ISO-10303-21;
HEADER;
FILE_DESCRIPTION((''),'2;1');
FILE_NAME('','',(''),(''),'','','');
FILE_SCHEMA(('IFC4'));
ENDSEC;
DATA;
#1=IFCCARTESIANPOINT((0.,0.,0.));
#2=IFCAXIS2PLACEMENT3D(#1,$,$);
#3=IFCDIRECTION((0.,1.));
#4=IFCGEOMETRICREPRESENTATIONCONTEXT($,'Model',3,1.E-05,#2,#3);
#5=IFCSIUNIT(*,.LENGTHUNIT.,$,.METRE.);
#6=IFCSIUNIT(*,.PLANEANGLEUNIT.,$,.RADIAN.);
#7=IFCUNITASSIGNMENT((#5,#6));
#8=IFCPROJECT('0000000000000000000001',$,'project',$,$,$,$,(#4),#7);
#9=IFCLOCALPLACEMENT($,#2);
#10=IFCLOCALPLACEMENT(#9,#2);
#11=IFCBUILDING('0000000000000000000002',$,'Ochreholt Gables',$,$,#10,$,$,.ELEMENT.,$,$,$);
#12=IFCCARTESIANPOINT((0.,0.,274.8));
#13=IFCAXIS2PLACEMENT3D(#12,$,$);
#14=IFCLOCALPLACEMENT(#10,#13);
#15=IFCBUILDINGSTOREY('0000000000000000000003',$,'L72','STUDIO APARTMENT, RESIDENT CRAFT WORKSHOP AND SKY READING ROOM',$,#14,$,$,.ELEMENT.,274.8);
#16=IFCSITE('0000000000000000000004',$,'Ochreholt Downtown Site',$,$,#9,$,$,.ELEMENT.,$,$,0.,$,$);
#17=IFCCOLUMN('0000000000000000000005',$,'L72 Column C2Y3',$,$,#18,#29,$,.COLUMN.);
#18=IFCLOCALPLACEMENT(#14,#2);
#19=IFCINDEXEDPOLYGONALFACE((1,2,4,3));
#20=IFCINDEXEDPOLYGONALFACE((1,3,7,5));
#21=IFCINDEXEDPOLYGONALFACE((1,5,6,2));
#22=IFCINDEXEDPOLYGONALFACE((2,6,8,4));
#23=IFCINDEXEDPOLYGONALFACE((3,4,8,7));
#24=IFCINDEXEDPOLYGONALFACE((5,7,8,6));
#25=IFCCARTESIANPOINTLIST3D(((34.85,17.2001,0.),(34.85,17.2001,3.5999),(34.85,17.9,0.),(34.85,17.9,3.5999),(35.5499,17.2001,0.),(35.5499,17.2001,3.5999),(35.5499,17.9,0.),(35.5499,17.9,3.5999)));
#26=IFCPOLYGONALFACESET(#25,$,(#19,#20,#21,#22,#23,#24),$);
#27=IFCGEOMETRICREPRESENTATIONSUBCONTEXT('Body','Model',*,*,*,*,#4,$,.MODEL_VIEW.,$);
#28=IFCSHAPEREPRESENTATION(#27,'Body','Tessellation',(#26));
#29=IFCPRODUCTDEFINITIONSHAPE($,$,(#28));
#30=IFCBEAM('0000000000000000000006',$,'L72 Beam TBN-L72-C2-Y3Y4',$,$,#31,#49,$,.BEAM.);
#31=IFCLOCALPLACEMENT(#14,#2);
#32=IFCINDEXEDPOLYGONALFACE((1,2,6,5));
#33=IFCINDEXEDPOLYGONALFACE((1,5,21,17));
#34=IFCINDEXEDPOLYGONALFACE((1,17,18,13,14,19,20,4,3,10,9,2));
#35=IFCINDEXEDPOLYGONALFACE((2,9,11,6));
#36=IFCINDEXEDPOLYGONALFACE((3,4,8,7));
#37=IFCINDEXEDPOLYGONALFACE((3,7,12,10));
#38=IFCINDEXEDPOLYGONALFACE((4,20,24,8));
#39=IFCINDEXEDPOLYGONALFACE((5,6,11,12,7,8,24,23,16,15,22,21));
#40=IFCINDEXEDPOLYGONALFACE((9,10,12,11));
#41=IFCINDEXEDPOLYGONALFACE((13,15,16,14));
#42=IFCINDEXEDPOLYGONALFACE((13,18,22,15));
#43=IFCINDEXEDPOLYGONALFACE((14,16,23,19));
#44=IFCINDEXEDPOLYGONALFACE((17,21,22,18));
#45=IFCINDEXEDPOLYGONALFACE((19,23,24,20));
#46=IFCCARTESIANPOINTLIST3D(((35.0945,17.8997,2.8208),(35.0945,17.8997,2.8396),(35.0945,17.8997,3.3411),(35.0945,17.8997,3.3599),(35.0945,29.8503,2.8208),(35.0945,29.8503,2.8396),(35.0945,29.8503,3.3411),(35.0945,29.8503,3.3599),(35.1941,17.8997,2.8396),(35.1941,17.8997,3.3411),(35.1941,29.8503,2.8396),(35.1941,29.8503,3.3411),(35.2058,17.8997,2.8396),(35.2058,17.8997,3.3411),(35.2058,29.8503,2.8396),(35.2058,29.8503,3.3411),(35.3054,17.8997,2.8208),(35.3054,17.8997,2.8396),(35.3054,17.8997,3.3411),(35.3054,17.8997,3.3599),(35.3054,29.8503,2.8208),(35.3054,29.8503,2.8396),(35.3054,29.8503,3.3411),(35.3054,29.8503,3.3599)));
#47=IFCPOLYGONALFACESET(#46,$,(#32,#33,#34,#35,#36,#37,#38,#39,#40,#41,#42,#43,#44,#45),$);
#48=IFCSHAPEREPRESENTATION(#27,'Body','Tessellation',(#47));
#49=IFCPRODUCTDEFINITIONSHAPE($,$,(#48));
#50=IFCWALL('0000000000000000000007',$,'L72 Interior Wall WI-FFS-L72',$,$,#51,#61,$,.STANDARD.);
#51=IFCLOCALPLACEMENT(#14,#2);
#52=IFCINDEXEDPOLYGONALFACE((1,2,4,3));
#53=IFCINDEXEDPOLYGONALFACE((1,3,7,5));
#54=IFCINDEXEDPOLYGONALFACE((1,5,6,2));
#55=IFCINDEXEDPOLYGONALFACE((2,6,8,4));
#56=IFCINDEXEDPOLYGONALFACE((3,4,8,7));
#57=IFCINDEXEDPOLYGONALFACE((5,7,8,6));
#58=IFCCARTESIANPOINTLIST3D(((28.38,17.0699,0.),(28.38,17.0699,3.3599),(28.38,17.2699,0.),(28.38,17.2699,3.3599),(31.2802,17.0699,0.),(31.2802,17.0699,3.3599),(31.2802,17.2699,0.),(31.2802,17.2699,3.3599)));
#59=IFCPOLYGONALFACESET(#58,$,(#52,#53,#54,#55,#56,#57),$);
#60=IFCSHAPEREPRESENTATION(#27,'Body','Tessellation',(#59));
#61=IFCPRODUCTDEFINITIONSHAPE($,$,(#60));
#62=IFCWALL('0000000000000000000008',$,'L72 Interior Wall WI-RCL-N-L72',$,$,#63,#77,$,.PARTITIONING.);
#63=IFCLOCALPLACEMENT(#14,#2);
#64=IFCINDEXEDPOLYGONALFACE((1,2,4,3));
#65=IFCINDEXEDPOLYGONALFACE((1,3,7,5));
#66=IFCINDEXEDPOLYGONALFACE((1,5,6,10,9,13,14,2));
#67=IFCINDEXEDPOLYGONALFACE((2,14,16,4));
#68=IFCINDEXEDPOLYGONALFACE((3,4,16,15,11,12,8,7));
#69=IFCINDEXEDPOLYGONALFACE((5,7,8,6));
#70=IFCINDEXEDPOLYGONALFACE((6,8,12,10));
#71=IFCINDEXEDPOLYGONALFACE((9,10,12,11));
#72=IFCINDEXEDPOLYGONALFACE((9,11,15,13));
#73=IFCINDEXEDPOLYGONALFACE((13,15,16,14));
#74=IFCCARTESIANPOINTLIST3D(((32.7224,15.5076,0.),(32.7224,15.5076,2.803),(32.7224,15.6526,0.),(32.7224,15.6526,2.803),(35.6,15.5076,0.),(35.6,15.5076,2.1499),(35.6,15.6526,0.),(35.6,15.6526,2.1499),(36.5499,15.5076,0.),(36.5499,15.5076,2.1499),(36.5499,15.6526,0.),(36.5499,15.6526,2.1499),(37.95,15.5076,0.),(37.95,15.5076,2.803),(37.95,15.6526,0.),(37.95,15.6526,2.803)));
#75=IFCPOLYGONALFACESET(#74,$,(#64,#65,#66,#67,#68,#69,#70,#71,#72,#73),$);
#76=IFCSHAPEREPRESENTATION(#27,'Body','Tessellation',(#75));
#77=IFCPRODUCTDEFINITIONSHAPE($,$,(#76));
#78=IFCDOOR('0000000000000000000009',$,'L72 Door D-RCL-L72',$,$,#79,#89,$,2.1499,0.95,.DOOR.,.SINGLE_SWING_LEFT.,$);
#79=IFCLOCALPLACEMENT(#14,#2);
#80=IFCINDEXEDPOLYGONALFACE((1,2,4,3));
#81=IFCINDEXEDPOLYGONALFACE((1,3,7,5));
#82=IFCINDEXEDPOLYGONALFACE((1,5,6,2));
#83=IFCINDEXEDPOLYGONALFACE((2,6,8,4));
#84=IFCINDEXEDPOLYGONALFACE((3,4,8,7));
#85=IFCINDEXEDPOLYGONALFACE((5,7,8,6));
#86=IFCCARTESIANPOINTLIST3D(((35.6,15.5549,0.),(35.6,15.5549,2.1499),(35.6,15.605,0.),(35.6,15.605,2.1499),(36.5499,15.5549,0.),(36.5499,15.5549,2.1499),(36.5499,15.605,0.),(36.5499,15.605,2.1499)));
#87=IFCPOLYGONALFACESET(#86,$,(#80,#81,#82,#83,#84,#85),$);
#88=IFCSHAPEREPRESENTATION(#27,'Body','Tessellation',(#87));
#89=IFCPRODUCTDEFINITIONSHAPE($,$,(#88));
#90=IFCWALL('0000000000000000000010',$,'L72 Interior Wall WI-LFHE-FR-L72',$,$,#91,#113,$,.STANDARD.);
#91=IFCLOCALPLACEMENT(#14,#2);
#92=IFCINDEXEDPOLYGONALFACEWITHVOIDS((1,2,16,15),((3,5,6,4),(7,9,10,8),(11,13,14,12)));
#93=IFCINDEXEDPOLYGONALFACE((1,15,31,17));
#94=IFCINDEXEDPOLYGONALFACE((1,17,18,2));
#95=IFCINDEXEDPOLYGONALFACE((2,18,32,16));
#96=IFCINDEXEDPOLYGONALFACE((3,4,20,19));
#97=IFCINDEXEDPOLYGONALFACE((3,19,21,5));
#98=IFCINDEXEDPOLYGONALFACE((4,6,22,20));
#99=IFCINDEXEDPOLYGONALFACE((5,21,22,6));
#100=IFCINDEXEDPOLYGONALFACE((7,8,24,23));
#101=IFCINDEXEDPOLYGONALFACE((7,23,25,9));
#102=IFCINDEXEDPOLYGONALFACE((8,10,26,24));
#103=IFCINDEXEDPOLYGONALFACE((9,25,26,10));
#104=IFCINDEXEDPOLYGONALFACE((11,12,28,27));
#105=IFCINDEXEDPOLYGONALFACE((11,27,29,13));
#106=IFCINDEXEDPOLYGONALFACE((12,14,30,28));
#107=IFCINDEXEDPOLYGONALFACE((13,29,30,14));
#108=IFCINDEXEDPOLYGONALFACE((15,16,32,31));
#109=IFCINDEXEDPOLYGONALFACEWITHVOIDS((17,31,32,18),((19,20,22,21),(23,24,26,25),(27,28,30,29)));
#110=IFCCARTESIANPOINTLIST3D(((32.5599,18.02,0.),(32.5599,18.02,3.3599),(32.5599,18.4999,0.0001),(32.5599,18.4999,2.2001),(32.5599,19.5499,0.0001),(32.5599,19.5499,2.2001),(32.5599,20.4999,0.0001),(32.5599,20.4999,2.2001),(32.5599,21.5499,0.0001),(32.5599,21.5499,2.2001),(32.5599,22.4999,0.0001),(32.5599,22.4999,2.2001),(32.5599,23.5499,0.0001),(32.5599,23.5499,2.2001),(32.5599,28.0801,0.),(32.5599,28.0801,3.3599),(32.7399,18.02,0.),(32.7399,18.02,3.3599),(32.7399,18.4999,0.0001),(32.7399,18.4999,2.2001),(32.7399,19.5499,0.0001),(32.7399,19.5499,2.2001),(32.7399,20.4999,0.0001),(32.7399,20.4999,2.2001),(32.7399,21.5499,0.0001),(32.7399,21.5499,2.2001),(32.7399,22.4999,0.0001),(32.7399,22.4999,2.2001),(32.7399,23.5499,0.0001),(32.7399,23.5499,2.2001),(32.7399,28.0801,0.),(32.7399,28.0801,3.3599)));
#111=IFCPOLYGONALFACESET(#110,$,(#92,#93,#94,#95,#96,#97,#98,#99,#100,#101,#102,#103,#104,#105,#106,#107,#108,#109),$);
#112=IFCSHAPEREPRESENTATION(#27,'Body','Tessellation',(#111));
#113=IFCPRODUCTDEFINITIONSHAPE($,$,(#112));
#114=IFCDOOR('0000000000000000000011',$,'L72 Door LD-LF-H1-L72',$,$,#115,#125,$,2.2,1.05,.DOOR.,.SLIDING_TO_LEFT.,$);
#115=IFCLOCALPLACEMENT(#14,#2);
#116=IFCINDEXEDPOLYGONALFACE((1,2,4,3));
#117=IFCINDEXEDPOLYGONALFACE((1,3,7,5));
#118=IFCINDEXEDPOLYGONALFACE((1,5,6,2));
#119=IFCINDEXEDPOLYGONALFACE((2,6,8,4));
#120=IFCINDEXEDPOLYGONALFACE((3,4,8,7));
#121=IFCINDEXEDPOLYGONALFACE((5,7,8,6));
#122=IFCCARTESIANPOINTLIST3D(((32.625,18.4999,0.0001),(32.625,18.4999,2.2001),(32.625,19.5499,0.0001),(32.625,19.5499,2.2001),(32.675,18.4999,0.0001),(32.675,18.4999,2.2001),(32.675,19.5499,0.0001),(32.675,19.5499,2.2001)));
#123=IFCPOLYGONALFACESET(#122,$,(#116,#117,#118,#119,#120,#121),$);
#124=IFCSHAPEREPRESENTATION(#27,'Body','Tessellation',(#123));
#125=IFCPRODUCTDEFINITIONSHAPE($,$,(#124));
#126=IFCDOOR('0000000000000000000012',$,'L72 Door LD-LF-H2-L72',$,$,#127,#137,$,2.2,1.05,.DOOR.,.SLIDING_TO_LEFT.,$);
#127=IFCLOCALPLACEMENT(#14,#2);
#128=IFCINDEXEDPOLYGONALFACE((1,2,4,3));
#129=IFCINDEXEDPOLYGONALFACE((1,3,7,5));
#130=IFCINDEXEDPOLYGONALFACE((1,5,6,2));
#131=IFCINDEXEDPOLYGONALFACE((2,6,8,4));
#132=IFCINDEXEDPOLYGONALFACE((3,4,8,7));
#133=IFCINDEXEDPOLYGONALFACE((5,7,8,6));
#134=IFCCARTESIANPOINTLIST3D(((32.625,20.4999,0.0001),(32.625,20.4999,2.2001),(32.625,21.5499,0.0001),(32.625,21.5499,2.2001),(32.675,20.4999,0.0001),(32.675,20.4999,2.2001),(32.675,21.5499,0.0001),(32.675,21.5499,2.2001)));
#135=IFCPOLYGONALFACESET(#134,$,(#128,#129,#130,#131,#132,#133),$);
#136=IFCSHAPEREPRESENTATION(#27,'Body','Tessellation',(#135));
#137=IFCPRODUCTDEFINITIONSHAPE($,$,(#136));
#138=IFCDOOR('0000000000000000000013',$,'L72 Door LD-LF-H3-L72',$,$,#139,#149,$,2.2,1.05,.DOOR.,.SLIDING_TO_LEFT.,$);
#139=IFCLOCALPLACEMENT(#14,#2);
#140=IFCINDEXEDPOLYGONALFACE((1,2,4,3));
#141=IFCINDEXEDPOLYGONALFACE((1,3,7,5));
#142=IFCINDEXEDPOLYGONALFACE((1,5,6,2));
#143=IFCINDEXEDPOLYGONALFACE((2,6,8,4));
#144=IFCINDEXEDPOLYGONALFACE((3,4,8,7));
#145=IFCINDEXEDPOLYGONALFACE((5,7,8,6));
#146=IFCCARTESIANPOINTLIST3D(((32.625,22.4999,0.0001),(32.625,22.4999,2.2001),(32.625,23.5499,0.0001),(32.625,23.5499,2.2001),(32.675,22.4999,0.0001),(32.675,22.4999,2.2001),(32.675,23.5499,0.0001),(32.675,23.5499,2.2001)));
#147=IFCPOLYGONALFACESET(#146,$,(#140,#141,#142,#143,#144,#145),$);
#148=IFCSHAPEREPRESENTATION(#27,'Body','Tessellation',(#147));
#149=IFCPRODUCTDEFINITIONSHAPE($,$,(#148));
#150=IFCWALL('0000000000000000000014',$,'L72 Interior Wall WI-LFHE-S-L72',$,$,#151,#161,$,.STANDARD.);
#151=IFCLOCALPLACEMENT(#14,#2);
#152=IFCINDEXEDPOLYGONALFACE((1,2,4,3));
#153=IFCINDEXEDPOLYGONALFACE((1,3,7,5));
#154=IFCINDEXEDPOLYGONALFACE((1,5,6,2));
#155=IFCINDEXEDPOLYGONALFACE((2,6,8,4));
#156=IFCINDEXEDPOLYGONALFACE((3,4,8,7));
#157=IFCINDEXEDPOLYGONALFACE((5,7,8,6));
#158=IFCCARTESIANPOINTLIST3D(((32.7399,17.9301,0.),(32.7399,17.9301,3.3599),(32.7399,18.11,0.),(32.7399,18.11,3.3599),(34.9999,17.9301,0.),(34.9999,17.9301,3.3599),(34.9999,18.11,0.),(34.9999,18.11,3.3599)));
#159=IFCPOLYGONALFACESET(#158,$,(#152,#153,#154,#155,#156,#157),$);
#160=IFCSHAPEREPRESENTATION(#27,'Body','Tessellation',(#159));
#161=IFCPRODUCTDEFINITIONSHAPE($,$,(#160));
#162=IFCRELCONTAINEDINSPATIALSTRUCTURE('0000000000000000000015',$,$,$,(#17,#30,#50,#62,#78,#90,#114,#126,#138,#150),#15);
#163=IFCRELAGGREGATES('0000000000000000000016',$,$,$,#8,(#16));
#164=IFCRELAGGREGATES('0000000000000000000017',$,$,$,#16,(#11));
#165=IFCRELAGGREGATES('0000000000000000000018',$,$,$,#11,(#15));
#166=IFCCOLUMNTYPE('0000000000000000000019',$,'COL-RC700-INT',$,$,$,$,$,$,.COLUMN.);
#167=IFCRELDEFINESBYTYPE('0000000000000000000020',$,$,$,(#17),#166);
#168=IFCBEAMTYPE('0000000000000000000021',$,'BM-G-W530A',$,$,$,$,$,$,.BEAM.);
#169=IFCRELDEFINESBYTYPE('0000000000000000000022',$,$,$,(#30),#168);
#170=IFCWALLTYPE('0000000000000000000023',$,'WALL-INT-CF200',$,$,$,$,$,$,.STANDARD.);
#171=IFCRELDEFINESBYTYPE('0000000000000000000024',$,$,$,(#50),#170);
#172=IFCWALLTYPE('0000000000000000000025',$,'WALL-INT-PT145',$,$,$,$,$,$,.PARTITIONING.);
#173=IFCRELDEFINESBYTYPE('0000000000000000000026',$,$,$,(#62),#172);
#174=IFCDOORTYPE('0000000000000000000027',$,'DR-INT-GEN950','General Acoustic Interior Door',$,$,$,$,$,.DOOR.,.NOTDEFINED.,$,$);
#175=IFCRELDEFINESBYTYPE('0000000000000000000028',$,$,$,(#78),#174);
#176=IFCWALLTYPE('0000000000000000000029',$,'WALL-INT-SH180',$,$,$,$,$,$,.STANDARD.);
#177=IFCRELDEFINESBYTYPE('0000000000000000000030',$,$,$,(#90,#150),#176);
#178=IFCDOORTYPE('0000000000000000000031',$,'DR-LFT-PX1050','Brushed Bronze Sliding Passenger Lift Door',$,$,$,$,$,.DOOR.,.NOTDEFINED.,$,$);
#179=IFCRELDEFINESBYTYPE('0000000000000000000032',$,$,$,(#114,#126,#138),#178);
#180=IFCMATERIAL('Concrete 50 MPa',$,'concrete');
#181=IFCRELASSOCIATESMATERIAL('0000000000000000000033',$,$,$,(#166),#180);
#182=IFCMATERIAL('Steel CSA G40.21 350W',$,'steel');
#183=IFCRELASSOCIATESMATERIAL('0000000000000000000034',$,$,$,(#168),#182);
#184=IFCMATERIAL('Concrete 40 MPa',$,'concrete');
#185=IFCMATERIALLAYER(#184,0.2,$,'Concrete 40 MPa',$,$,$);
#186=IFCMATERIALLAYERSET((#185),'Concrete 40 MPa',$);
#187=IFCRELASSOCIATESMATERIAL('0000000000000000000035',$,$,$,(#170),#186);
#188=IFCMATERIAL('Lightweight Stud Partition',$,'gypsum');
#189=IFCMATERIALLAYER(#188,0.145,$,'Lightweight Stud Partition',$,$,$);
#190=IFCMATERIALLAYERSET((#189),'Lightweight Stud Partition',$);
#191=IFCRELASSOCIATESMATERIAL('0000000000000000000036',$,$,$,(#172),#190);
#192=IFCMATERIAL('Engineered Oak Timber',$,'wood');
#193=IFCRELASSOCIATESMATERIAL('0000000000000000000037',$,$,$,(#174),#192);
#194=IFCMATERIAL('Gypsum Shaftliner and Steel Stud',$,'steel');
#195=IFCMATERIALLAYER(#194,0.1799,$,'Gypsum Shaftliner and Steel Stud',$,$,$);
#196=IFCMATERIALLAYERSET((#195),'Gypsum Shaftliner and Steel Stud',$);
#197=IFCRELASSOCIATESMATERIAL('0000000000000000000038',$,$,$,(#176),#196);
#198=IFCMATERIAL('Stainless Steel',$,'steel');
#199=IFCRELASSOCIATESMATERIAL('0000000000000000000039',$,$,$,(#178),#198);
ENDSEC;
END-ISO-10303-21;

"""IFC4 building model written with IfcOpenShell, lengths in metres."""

from ifc_helpers import new_model, si_unit, direction, frame, frame_2d, origin, origin_2d, place, context, subcontext, project, spatial, rectangle, i_section, extrude, material, layer, layer_set, material_profile, profile_set, type_object, element, fill, save


model = new_model("IFC4")

# Units and contexts
model_context = context("Model", 3, precision=1e-05, world=origin(), true_north=direction((0.0, 1.0)))
body_context = subcontext(model_context, "Body", "Model", "MODEL_VIEW")
ifc_project = project(units=[si_unit("LENGTHUNIT", "METRE"), si_unit("PLANEANGLEUNIT", "RADIAN")], contexts=[model_context])

# Site, building, storey
site_placement = place(None, origin())
site = spatial("IfcSite", under=ifc_project, at=site_placement, Name="Ochreholt Downtown Site", CompositionType="ELEMENT", RefElevation=0.0)
building_placement = place(site_placement, origin())
building = spatial("IfcBuilding", under=site, at=building_placement, Name="Ochreholt Gables", CompositionType="ELEMENT")
storey_placement = place(building_placement, frame((0.0, 0.0, 274.8)))
storey = spatial("IfcBuildingStorey", under=building, at=storey_placement, Name="L72", Description="STUDIO APARTMENT, RESIDENT CRAFT WORKSHOP AND SKY READING ROOM", CompositionType="ELEMENT", Elevation=274.8)

# Column
ifc_material_1 = material(Name="Concrete 50 MPa", Category="concrete")
ifc_material_profile_1 = material_profile(ifc_material_1, rectangle(XDim=0.7, YDim=0.7, at=origin_2d()), Name="RC700X700")
ifc_profile_set_1 = profile_set([ifc_material_profile_1], Name="Concrete 50 MPa")
column_type = type_object("IfcColumnType", Name="COL-RC700-INT", PredefinedType="COLUMN", material=ifc_profile_set_1)
column_placement = place(storey_placement, frame((35.2, 17.55, 0.0), z_axis=(0.0, 0.0, 1.0), x_axis=(1.0, 0.0, 0.0)))
element("IfcColumn", 1, at=column_placement, inside=storey, type_object=column_type, Name="L72 Column C2Y3", PredefinedType="COLUMN", context=body_context, shape_type="SweptSolid", body=[
    extrude(rectangle(XDim=0.7, YDim=0.7, at=origin_2d()), origin(), (0.0, 0.0, 1.0), 3.5999),
])

# Beam
ifc_material_2 = material(Name="Steel CSA G40.21 350W", Category="steel")
ifc_material_profile_2 = material_profile(ifc_material_2, i_section(OverallWidth=0.2109, OverallDepth=0.5391, WebThickness=0.0117, FlangeThickness=0.0188, at=origin_2d()), Name="W530X109")
ifc_profile_set_2 = profile_set([ifc_material_profile_2], Name="Steel CSA G40.21 350W")
beam_type = type_object("IfcBeamType", Name="BM-G-W530A", PredefinedType="BEAM", material=ifc_profile_set_2)
beam_placement = place(storey_placement, frame((35.2, 17.8997, 3.0903), z_axis=(0.0, 1.0, 0.0), x_axis=(-1.0, 0.0, 0.0)))
element("IfcBeam", 2, at=beam_placement, inside=storey, type_object=beam_type, Name="L72 Beam TBN-L72-C2-Y3Y4", PredefinedType="BEAM", context=body_context, shape_type="SweptSolid", body=[
    extrude(i_section(OverallWidth=0.2109, OverallDepth=0.5391, WebThickness=0.0117, FlangeThickness=0.0188, at=origin_2d()), origin(), (0.0, 0.0, 1.0), 11.9507),
])

# Wall
ifc_material_3 = material(Name="Concrete 40 MPa", Category="concrete")
ifc_layer_1 = layer(ifc_material_3, 0.2, Name="Concrete 40 MPa")
ifc_layer_set_1 = layer_set([ifc_layer_1], Name="Concrete 40 MPa")
wall_type_1 = type_object("IfcWallType", Name="WALL-INT-CF200", PredefinedType="STANDARD", material=ifc_layer_set_1)
wall_1_placement = place(storey_placement, frame((28.3799, 17.1699, 0.0), z_axis=(0.0, 0.0, 1.0), x_axis=(1.0, 0.0, 0.0)))
element("IfcWall", 3, at=wall_1_placement, inside=storey, type_object=wall_type_1, Name="L72 Interior Wall WI-FFS-L72", PredefinedType="STANDARD", context=body_context, shape_type="SweptSolid", body=[
    extrude(rectangle(XDim=2.9001, YDim=0.2, at=frame_2d((1.4502, 0.0))), origin(), (0.0, 0.0, 1.0), 3.3599),
])

# Wall, opening, door
ifc_material_4 = material(Name="Lightweight Stud Partition", Category="gypsum")
ifc_layer_2 = layer(ifc_material_4, 0.145, Name="Lightweight Stud Partition")
ifc_layer_set_2 = layer_set([ifc_layer_2], Name="Lightweight Stud Partition")
wall_type_2 = type_object("IfcWallType", Name="WALL-INT-PT145", PredefinedType="PARTITIONING", material=ifc_layer_set_2)
wall_2_placement = place(storey_placement, frame((32.7224, 15.5801, 0.0), z_axis=(0.0, 0.0, 1.0), x_axis=(1.0, 0.0, 0.0)))
wall_2 = element("IfcWall", 4, at=wall_2_placement, inside=storey, type_object=wall_type_2, Name="L72 Interior Wall WI-RCL-N-L72", PredefinedType="PARTITIONING", context=body_context, shape_type="SweptSolid", body=[
    extrude(rectangle(XDim=5.2275, YDim=0.145, at=frame_2d((2.6138, 0.0))), origin(), (0.0, 0.0, 1.0), 2.803),
])
opening_1_placement = place(wall_2_placement, frame((2.8774, 0.0, 0.0)))
opening_1 = element("IfcOpeningElement", 5, at=opening_1_placement, cuts=wall_2, PredefinedType="OPENING", context=body_context, shape_type="SweptSolid", body=[
    extrude(rectangle(XDim=0.95, YDim=2.1499, at=frame_2d((0.4751, 1.075))), frame((0.0, 0.0825, 0.0), z_axis=(0.0, -1.0, 0.0), x_axis=(1.0, 0.0, 0.0)), (0.0, 0.0, 1.0), 0.165),
])
ifc_material_5 = material(Name="Engineered Oak Timber", Category="wood")
door_type_1 = type_object("IfcDoorType", Name="DR-INT-GEN950", Description="General Acoustic Interior Door", OperationType="NOTDEFINED", PredefinedType="DOOR", material=ifc_material_5)
door_1_placement = place(opening_1_placement, origin())
door_1 = element("IfcDoor", 6, at=door_1_placement, inside=storey, type_object=door_type_1, Name="L72 Door D-RCL-L72", OperationType="SINGLE_SWING_LEFT", OverallHeight=2.1499, OverallWidth=0.95, PredefinedType="DOOR", context=body_context, shape_type="SweptSolid", body=[
    extrude(rectangle(XDim=0.95, YDim=2.1499, at=frame_2d((0.4751, 1.075))), frame((0.0, 0.0249, 0.0), z_axis=(0.0, -1.0, 0.0), x_axis=(1.0, 0.0, 0.0)), (0.0, 0.0, 1.0), 0.05),
])
fill(opening_1, door_1)

# Wall, openings, doors
ifc_material_6 = material(Name="Gypsum Shaftliner and Steel Stud", Category="steel")
ifc_layer_3 = layer(ifc_material_6, 0.1799, Name="Gypsum Shaftliner and Steel Stud")
ifc_layer_set_3 = layer_set([ifc_layer_3], Name="Gypsum Shaftliner and Steel Stud")
wall_type_3 = type_object("IfcWallType", Name="WALL-INT-SH180", PredefinedType="STANDARD", material=ifc_layer_set_3)
wall_3_placement = place(storey_placement, frame((32.6499, 18.02, 0.0), z_axis=(0.0, 0.0, 1.0), x_axis=(0.0, 1.0, 0.0)))
wall_3 = element("IfcWall", 7, at=wall_3_placement, inside=storey, type_object=wall_type_3, Name="L72 Interior Wall WI-LFHE-FR-L72", PredefinedType="STANDARD", context=body_context, shape_type="SweptSolid", body=[
    extrude(rectangle(XDim=10.0601, YDim=0.1799, at=frame_2d((5.03, 0.0))), origin(), (0.0, 0.0, 1.0), 3.3599),
])
opening_2_placement = place(wall_3_placement, frame((0.48, 0.0, 0.0)))
opening_2 = element("IfcOpeningElement", 8, at=opening_2_placement, cuts=wall_3, PredefinedType="OPENING", context=body_context, shape_type="SweptSolid", body=[
    extrude(rectangle(XDim=1.05, YDim=2.2, at=frame_2d((0.5249, 1.1001))), frame((0.0, 0.0999, 0.0), z_axis=(0.0, -1.0, 0.0), x_axis=(1.0, 0.0, 0.0)), (0.0, 0.0, 1.0), 0.2),
])
opening_3_placement = place(wall_3_placement, frame((2.48, 0.0, 0.0)))
opening_3 = element("IfcOpeningElement", 9, at=opening_3_placement, cuts=wall_3, PredefinedType="OPENING", context=body_context, shape_type="SweptSolid", body=[
    extrude(rectangle(XDim=1.05, YDim=2.2, at=frame_2d((0.5249, 1.1001))), frame((0.0, 0.0999, 0.0), z_axis=(0.0, -1.0, 0.0), x_axis=(1.0, 0.0, 0.0)), (0.0, 0.0, 1.0), 0.2),
])
opening_4_placement = place(wall_3_placement, frame((4.48, 0.0, 0.0)))
opening_4 = element("IfcOpeningElement", 10, at=opening_4_placement, cuts=wall_3, PredefinedType="OPENING", context=body_context, shape_type="SweptSolid", body=[
    extrude(rectangle(XDim=1.05, YDim=2.2, at=frame_2d((0.5249, 1.1001))), frame((0.0, 0.0999, 0.0), z_axis=(0.0, -1.0, 0.0), x_axis=(1.0, 0.0, 0.0)), (0.0, 0.0, 1.0), 0.2),
])
ifc_material_7 = material(Name="Stainless Steel", Category="steel")
door_type_2 = type_object("IfcDoorType", Name="DR-LFT-PX1050", Description="Brushed Bronze Sliding Passenger Lift Door", OperationType="NOTDEFINED", PredefinedType="DOOR", material=ifc_material_7)
door_2_placement = place(opening_2_placement, origin())
door_2 = element("IfcDoor", 11, at=door_2_placement, inside=storey, type_object=door_type_2, Name="L72 Door LD-LF-H1-L72", OperationType="SLIDING_TO_LEFT", OverallHeight=2.2, OverallWidth=1.05, PredefinedType="DOOR", context=body_context, shape_type="SweptSolid", body=[
    extrude(rectangle(XDim=1.05, YDim=2.2, at=frame_2d((0.5249, 1.1001))), frame((0.0, 0.0249, 0.0), z_axis=(0.0, -1.0, 0.0), x_axis=(1.0, 0.0, 0.0)), (0.0, 0.0, 1.0), 0.05),
])
fill(opening_2, door_2)
door_3_placement = place(opening_3_placement, origin())
door_3 = element("IfcDoor", 12, at=door_3_placement, inside=storey, type_object=door_type_2, Name="L72 Door LD-LF-H2-L72", OperationType="SLIDING_TO_LEFT", OverallHeight=2.2, OverallWidth=1.05, PredefinedType="DOOR", context=body_context, shape_type="SweptSolid", body=[
    extrude(rectangle(XDim=1.05, YDim=2.2, at=frame_2d((0.5249, 1.1001))), frame((0.0, 0.0249, 0.0), z_axis=(0.0, -1.0, 0.0), x_axis=(1.0, 0.0, 0.0)), (0.0, 0.0, 1.0), 0.05),
])
fill(opening_3, door_3)
door_4_placement = place(opening_4_placement, origin())
door_4 = element("IfcDoor", 13, at=door_4_placement, inside=storey, type_object=door_type_2, Name="L72 Door LD-LF-H3-L72", OperationType="SLIDING_TO_LEFT", OverallHeight=2.2, OverallWidth=1.05, PredefinedType="DOOR", context=body_context, shape_type="SweptSolid", body=[
    extrude(rectangle(XDim=1.05, YDim=2.2, at=frame_2d((0.5249, 1.1001))), frame((0.0, 0.0249, 0.0), z_axis=(0.0, -1.0, 0.0), x_axis=(1.0, 0.0, 0.0)), (0.0, 0.0, 1.0), 0.05),
])
fill(opening_4, door_4)

# Wall
wall_4_placement = place(storey_placement, frame((32.74, 18.02, 0.0), z_axis=(0.0, 0.0, 1.0), x_axis=(1.0, 0.0, 0.0)))
element("IfcWall", 14, at=wall_4_placement, inside=storey, type_object=wall_type_3, Name="L72 Interior Wall WI-LFHE-S-L72", PredefinedType="STANDARD", context=body_context, shape_type="SweptSolid", body=[
    extrude(rectangle(XDim=2.26, YDim=0.1799, at=frame_2d((1.1299, 0.0))), origin(), (0.0, 0.0, 1.0), 3.3599),
])

save(model, "model.ifc")
